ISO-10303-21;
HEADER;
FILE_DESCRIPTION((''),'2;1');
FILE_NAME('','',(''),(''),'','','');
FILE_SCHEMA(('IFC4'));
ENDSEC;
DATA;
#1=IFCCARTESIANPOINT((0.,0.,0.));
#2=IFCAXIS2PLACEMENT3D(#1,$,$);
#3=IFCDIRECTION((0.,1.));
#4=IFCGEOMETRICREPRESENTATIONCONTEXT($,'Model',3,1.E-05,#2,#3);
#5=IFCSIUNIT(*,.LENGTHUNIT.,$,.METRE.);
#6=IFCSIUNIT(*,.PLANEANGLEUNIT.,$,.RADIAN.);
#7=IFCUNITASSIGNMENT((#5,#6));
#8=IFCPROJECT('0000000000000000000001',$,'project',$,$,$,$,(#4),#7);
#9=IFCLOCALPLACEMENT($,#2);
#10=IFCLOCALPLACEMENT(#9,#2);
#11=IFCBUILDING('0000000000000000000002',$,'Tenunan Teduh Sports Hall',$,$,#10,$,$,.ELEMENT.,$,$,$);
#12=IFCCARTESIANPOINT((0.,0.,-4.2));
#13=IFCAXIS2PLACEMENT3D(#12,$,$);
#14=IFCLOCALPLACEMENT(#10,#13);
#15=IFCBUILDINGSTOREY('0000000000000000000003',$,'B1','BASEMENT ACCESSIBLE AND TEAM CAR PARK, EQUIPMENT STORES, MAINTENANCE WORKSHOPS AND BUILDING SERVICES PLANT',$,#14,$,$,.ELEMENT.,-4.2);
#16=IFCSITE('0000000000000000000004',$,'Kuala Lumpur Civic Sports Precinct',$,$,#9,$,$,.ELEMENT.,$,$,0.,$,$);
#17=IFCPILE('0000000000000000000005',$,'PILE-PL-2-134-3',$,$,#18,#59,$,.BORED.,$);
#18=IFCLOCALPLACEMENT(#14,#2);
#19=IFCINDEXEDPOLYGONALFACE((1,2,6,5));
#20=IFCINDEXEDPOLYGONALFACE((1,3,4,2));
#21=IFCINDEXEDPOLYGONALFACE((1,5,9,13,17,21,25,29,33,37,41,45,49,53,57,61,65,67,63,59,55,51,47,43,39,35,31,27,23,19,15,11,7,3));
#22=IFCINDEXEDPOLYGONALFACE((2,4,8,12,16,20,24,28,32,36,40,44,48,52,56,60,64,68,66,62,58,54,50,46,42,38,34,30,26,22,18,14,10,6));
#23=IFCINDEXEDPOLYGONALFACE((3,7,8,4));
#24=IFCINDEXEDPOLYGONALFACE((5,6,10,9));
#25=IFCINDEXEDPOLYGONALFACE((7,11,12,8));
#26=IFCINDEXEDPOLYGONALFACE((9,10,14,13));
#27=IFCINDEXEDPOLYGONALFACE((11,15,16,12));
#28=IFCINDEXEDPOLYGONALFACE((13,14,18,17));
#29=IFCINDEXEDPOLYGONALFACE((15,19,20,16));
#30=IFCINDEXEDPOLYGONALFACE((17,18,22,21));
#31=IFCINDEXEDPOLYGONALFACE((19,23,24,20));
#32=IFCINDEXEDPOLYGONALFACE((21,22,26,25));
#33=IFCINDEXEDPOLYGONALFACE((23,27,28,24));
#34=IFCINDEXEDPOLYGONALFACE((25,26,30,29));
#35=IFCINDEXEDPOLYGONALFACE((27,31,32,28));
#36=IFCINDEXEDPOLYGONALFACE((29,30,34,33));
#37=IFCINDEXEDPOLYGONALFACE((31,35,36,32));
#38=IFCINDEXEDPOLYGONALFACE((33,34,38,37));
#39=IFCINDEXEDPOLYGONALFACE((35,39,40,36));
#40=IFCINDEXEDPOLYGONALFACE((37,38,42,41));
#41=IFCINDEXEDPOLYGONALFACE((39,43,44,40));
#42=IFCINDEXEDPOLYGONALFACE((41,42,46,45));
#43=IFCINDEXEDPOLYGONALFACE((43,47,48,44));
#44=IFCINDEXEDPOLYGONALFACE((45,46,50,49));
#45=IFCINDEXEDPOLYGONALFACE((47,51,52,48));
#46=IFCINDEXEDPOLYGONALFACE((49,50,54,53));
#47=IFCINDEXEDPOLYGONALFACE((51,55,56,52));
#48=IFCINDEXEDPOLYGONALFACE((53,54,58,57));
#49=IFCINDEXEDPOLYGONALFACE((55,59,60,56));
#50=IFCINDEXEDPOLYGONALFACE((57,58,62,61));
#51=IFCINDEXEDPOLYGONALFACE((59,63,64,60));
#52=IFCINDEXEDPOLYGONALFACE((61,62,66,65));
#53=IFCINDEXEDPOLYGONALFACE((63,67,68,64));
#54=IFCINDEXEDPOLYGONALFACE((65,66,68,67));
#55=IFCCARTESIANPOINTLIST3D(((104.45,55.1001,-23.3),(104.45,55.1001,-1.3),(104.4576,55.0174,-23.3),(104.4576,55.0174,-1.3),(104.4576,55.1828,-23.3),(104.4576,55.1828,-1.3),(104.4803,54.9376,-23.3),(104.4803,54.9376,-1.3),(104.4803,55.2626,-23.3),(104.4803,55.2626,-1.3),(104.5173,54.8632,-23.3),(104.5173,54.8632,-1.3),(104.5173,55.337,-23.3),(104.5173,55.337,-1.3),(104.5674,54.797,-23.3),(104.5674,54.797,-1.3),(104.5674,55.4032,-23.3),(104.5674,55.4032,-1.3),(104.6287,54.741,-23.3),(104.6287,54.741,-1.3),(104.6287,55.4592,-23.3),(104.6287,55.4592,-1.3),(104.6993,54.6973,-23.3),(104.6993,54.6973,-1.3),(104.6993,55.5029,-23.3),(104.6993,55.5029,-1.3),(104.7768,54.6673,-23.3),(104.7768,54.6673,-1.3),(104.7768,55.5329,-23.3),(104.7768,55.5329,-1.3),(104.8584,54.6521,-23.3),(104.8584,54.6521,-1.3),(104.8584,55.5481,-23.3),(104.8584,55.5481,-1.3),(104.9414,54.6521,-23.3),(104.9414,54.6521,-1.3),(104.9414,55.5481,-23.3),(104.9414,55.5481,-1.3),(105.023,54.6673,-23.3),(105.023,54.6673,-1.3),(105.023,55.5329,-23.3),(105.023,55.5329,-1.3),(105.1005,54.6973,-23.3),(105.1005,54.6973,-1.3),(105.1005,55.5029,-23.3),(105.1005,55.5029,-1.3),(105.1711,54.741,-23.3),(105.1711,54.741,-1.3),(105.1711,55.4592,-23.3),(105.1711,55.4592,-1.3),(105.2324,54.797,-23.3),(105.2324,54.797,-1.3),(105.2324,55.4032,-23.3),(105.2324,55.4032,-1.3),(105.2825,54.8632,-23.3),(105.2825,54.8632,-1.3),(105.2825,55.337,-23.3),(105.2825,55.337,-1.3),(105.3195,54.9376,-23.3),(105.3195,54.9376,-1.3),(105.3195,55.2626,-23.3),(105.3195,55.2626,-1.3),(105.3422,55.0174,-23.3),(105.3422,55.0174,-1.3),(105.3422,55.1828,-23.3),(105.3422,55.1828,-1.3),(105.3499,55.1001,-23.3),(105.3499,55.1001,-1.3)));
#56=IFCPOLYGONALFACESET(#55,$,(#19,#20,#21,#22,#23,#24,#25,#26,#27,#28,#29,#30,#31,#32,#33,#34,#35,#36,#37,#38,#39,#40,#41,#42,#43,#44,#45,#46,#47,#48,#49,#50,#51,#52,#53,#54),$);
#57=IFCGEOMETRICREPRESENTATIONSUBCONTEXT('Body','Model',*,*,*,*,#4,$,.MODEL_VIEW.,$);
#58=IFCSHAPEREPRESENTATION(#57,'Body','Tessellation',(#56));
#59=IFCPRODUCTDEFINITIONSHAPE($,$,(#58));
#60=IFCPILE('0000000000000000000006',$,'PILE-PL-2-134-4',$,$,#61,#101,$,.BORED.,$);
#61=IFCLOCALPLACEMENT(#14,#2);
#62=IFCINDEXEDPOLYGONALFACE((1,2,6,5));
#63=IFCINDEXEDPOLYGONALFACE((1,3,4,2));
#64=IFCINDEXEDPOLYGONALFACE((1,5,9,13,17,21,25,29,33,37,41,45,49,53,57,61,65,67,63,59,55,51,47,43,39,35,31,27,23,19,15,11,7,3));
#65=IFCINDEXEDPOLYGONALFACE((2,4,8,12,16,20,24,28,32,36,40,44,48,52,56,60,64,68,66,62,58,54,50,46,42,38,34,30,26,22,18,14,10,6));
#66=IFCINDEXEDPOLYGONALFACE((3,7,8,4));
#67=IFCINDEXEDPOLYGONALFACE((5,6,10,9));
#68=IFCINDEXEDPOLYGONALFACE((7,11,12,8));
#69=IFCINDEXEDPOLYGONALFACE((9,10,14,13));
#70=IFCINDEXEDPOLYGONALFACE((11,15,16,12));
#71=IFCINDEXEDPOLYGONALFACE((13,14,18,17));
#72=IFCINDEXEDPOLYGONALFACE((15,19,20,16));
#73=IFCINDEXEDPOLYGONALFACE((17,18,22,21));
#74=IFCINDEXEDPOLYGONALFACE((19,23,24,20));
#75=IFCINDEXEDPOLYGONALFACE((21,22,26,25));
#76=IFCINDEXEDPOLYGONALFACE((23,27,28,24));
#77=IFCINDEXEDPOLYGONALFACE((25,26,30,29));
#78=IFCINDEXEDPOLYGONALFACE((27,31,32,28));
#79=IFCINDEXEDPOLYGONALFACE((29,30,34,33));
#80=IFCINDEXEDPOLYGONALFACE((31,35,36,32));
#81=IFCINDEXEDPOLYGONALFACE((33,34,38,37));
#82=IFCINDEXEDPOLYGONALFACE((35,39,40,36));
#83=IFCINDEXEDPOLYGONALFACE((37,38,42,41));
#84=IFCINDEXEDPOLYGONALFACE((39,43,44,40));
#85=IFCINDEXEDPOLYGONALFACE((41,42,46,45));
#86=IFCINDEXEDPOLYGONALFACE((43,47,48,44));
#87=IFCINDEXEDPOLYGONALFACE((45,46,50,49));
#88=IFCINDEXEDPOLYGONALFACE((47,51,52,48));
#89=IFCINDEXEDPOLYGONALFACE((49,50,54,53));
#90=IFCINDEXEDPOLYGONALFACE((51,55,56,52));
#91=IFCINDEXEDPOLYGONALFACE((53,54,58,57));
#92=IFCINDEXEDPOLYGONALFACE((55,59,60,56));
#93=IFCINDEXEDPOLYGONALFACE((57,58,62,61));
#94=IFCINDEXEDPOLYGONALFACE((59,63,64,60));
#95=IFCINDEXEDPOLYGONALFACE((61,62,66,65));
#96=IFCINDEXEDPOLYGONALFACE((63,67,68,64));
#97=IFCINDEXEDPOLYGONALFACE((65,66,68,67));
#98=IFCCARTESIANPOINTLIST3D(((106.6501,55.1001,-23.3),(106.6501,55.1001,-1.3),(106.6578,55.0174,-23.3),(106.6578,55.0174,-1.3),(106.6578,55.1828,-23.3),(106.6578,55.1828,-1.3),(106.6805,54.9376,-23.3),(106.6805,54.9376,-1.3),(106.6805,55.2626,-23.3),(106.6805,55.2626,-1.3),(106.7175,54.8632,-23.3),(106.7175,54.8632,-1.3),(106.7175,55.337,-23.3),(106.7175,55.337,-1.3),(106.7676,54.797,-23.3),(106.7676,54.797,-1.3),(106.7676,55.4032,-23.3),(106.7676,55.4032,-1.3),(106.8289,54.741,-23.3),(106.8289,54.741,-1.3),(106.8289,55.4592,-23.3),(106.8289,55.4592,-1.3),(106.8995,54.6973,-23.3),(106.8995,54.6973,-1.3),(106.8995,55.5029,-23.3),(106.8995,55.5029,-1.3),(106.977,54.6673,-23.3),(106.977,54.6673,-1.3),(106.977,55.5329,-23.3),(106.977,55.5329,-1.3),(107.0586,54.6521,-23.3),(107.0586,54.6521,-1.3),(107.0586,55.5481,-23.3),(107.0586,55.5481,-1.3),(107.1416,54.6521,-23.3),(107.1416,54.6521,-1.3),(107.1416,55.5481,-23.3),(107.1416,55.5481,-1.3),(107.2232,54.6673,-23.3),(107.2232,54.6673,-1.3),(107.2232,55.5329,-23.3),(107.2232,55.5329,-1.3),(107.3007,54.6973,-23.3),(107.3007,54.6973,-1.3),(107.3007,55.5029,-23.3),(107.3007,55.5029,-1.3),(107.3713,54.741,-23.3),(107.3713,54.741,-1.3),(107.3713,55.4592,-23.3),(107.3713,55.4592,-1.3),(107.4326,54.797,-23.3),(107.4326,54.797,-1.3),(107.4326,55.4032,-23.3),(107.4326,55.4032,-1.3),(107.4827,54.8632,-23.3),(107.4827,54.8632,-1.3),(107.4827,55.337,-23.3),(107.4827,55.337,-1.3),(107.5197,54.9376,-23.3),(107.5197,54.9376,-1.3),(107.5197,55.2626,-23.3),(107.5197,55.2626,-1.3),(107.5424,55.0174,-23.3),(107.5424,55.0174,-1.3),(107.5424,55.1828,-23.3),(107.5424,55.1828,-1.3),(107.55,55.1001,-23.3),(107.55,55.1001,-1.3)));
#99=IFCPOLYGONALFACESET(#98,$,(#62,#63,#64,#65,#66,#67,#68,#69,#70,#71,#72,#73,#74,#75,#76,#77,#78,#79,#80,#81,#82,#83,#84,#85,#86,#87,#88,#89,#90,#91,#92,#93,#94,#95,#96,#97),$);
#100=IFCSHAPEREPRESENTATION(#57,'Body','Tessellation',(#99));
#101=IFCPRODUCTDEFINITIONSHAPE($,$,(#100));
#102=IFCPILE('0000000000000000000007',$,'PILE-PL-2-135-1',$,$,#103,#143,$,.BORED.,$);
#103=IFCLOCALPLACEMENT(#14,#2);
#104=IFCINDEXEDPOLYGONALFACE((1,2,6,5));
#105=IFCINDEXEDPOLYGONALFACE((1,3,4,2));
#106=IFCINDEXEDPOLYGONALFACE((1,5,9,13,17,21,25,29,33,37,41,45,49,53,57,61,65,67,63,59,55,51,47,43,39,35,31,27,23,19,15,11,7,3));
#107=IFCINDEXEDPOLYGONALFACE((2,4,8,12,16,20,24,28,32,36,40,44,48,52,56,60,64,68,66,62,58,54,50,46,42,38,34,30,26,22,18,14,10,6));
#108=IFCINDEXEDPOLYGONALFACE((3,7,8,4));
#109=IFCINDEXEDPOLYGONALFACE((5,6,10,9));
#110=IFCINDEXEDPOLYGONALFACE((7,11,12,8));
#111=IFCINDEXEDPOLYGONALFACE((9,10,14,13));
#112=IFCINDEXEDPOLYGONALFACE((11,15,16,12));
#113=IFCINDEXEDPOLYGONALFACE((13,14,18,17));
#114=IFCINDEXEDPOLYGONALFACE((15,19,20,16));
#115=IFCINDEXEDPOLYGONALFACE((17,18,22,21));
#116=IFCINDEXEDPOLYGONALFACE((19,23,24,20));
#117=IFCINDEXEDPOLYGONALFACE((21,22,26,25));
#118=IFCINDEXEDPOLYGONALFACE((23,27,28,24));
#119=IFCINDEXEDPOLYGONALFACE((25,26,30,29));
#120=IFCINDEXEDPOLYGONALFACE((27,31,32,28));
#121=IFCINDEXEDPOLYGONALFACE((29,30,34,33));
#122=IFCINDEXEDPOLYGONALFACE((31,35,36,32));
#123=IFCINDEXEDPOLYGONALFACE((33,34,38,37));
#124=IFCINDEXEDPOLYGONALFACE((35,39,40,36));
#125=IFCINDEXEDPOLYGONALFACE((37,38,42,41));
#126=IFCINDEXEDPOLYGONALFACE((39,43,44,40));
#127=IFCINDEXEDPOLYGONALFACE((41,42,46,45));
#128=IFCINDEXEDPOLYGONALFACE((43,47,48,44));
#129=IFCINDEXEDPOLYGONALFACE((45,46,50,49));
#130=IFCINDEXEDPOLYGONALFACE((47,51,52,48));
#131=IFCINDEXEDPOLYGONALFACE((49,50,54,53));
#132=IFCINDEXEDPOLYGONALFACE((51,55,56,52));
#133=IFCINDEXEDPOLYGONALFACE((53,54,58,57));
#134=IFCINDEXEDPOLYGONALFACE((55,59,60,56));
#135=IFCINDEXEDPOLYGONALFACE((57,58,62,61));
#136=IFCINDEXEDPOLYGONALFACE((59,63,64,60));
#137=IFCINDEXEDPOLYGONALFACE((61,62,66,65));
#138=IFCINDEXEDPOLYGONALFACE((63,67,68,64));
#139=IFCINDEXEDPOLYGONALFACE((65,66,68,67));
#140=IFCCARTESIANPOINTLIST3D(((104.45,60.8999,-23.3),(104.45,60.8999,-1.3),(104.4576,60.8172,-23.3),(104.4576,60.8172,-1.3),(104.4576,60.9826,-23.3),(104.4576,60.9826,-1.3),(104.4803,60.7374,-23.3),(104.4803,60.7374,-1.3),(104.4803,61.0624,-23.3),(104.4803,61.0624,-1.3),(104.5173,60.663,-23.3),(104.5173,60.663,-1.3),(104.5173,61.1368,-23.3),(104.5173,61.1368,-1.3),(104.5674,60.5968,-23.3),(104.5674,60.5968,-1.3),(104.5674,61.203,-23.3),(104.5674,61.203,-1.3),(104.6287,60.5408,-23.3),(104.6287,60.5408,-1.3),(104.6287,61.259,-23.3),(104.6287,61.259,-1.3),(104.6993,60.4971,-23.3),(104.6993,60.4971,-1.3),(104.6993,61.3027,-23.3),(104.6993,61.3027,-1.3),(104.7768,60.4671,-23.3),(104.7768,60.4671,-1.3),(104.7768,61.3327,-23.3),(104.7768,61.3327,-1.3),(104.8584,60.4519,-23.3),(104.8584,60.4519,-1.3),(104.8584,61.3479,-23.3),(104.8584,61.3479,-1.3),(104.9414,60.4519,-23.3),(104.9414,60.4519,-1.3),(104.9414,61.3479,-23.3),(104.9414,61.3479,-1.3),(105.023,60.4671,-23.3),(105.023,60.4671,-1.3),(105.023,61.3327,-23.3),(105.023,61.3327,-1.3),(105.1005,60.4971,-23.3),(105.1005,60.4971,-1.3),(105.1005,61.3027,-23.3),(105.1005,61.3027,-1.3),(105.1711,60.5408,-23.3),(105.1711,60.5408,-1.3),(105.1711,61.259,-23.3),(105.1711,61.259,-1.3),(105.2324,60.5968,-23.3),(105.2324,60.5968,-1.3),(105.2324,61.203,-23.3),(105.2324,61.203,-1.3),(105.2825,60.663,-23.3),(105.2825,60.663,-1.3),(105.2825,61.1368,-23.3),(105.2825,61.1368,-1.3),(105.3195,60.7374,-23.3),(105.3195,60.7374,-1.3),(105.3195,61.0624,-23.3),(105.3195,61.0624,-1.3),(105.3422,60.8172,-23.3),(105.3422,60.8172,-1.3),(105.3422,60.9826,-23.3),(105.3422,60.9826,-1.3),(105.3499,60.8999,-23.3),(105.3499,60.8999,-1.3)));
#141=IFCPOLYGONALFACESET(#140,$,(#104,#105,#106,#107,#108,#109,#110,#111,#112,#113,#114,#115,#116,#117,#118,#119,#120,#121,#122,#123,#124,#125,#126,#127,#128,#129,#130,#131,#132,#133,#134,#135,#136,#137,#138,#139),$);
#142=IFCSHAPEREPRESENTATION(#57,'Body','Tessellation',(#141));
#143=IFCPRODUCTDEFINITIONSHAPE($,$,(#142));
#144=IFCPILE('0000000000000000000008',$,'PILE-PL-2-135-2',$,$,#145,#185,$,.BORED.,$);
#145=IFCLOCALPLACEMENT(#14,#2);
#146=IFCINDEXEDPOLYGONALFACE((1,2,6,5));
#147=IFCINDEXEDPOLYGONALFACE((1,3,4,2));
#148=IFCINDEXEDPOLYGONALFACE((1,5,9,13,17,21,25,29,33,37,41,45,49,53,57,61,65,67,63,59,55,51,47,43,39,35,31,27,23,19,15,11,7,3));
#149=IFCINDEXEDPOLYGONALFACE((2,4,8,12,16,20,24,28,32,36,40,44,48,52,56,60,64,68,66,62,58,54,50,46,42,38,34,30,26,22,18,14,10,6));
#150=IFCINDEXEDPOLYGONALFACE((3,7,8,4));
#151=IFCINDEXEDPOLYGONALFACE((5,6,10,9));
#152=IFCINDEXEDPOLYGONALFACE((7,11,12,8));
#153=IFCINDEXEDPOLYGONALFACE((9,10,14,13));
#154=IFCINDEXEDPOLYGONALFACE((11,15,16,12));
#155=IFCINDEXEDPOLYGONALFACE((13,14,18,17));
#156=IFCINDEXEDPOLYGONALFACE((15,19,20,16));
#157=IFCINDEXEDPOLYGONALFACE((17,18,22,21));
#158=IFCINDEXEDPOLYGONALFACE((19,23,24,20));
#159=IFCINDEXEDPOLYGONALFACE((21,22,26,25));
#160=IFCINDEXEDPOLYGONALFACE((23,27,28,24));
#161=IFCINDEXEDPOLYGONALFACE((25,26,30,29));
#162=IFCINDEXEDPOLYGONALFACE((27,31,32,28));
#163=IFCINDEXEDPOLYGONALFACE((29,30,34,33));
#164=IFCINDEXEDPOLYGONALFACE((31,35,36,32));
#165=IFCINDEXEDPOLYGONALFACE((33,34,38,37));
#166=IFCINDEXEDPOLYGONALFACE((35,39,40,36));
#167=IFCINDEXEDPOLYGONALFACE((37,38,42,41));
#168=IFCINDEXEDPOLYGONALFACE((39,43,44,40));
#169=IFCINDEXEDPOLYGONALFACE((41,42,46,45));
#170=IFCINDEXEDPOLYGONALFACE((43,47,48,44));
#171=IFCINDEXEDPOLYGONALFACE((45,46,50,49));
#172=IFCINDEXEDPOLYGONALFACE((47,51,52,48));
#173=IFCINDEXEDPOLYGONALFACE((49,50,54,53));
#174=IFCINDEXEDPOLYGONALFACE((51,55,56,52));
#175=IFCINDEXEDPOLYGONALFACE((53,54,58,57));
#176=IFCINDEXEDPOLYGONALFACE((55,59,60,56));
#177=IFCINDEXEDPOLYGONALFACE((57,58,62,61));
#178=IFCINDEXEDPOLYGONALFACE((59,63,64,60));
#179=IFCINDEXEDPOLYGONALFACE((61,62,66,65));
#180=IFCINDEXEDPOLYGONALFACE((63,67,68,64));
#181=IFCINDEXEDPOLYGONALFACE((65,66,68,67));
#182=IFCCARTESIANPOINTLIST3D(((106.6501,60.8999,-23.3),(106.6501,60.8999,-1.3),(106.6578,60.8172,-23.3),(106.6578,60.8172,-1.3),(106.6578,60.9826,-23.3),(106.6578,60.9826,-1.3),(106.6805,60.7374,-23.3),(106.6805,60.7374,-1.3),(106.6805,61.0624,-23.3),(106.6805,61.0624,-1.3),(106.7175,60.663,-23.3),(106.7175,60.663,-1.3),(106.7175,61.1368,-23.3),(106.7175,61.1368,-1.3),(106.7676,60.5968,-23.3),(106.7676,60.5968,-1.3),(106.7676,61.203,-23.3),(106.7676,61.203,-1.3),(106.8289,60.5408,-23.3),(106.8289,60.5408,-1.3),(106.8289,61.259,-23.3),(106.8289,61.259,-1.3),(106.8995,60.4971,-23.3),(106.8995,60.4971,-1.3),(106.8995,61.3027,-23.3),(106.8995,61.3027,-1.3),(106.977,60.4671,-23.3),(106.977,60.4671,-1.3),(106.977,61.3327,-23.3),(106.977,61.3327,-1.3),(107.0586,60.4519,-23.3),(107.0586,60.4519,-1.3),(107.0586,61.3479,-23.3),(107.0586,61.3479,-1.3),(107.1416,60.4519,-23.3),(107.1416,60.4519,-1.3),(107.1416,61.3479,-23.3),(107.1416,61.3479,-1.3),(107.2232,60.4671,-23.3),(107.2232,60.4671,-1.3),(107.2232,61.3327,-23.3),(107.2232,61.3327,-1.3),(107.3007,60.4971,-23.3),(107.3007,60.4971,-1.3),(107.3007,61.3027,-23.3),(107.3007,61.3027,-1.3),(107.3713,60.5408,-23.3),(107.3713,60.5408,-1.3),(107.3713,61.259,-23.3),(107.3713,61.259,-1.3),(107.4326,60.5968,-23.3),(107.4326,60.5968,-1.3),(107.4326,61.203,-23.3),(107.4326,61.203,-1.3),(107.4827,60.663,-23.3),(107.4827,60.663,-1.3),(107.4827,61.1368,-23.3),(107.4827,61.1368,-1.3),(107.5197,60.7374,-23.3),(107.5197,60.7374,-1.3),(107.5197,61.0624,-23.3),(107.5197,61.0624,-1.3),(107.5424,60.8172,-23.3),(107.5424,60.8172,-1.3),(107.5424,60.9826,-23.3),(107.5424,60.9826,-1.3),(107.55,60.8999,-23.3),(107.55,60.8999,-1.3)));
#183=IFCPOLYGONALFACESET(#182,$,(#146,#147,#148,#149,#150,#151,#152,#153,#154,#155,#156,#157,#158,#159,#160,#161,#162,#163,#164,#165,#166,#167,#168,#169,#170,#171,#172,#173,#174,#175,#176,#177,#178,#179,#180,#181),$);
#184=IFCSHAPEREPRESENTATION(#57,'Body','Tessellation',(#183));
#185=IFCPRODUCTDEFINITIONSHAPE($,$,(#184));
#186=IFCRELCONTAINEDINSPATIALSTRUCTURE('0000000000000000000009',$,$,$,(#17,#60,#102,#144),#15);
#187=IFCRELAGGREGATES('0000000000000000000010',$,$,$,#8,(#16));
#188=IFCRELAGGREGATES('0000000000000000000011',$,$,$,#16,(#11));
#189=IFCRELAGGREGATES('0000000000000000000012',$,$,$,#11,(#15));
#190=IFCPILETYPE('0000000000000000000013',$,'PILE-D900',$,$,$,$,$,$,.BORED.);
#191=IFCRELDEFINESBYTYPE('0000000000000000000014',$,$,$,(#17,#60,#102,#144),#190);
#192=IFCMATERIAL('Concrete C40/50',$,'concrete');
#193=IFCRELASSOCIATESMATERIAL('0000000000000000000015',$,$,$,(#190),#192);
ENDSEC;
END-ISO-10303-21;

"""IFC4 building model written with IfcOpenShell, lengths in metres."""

from ifc_helpers import new_model, si_unit, direction, frame, origin, origin_2d, place, context, subcontext, project, spatial, circle, extrude, material, material_profile, profile_set, type_object, element, save


model = new_model("IFC4")

# Units and contexts
model_context = context("Model", 3, precision=1e-05, world=origin(), true_north=direction((0.0, 1.0)))
body_context = subcontext(model_context, "Body", "Model", "MODEL_VIEW")
ifc_project = project(units=[si_unit("LENGTHUNIT", "METRE"), si_unit("PLANEANGLEUNIT", "RADIAN")], contexts=[model_context])

# Site, building, storey
site_placement = place(None, origin())
site = spatial("IfcSite", under=ifc_project, at=site_placement, Name="Kuala Lumpur Civic Sports Precinct", CompositionType="ELEMENT", RefElevation=0.0)
building_placement = place(site_placement, origin())
building = spatial("IfcBuilding", under=site, at=building_placement, Name="Tenunan Teduh Sports Hall", CompositionType="ELEMENT")
storey_placement = place(building_placement, frame((0.0, 0.0, -4.2)))
storey = spatial("IfcBuildingStorey", under=building, at=storey_placement, Name="B1", Description="BASEMENT ACCESSIBLE AND TEAM CAR PARK, EQUIPMENT STORES, MAINTENANCE WORKSHOPS AND BUILDING SERVICES PLANT", CompositionType="ELEMENT", Elevation=-4.2)

# Piles
ifc_material_1 = material(Name="Concrete C40/50", Category="concrete")
ifc_material_profile_1 = material_profile(ifc_material_1, circle(Radius=0.45, at=origin_2d()), Name="PILE D900")
ifc_profile_set_1 = profile_set([ifc_material_profile_1], Name="Concrete C40/50")
pile_type_1 = type_object("IfcPileType", Name="PILE-D900", PredefinedType="BORED", material=ifc_profile_set_1)
for number, where, z_axis, x_axis, name in (
    (1, (104.8999, 55.1001, -1.3), (0.0, 0.0, -1.0), (1.0, 0.0, 0.0), "PILE-PL-2-134-3"),
    (2, (107.1001, 55.1001, -1.3), (0.0, 0.0, -1.0), (1.0, 0.0, 0.0), "PILE-PL-2-134-4"),
    (3, (104.8999, 60.8999, -1.3), (0.0, 0.0, -1.0), (1.0, 0.0, 0.0), "PILE-PL-2-135-1"),
    (4, (107.1001, 60.8999, -1.3), (0.0, 0.0, -1.0), (1.0, 0.0, 0.0), "PILE-PL-2-135-2"),
):
    element("IfcPile", number, at=place(storey_placement, frame(where, z_axis=z_axis, x_axis=x_axis)), inside=storey, type_object=pile_type_1, Name=name, PredefinedType="BORED", context=body_context, shape_type="SweptSolid", body=[
        extrude(circle(Radius=0.45, at=origin_2d()), origin(), (0.0, 0.0, 1.0), 22.0),
    ])

save(model, "model.ifc")
